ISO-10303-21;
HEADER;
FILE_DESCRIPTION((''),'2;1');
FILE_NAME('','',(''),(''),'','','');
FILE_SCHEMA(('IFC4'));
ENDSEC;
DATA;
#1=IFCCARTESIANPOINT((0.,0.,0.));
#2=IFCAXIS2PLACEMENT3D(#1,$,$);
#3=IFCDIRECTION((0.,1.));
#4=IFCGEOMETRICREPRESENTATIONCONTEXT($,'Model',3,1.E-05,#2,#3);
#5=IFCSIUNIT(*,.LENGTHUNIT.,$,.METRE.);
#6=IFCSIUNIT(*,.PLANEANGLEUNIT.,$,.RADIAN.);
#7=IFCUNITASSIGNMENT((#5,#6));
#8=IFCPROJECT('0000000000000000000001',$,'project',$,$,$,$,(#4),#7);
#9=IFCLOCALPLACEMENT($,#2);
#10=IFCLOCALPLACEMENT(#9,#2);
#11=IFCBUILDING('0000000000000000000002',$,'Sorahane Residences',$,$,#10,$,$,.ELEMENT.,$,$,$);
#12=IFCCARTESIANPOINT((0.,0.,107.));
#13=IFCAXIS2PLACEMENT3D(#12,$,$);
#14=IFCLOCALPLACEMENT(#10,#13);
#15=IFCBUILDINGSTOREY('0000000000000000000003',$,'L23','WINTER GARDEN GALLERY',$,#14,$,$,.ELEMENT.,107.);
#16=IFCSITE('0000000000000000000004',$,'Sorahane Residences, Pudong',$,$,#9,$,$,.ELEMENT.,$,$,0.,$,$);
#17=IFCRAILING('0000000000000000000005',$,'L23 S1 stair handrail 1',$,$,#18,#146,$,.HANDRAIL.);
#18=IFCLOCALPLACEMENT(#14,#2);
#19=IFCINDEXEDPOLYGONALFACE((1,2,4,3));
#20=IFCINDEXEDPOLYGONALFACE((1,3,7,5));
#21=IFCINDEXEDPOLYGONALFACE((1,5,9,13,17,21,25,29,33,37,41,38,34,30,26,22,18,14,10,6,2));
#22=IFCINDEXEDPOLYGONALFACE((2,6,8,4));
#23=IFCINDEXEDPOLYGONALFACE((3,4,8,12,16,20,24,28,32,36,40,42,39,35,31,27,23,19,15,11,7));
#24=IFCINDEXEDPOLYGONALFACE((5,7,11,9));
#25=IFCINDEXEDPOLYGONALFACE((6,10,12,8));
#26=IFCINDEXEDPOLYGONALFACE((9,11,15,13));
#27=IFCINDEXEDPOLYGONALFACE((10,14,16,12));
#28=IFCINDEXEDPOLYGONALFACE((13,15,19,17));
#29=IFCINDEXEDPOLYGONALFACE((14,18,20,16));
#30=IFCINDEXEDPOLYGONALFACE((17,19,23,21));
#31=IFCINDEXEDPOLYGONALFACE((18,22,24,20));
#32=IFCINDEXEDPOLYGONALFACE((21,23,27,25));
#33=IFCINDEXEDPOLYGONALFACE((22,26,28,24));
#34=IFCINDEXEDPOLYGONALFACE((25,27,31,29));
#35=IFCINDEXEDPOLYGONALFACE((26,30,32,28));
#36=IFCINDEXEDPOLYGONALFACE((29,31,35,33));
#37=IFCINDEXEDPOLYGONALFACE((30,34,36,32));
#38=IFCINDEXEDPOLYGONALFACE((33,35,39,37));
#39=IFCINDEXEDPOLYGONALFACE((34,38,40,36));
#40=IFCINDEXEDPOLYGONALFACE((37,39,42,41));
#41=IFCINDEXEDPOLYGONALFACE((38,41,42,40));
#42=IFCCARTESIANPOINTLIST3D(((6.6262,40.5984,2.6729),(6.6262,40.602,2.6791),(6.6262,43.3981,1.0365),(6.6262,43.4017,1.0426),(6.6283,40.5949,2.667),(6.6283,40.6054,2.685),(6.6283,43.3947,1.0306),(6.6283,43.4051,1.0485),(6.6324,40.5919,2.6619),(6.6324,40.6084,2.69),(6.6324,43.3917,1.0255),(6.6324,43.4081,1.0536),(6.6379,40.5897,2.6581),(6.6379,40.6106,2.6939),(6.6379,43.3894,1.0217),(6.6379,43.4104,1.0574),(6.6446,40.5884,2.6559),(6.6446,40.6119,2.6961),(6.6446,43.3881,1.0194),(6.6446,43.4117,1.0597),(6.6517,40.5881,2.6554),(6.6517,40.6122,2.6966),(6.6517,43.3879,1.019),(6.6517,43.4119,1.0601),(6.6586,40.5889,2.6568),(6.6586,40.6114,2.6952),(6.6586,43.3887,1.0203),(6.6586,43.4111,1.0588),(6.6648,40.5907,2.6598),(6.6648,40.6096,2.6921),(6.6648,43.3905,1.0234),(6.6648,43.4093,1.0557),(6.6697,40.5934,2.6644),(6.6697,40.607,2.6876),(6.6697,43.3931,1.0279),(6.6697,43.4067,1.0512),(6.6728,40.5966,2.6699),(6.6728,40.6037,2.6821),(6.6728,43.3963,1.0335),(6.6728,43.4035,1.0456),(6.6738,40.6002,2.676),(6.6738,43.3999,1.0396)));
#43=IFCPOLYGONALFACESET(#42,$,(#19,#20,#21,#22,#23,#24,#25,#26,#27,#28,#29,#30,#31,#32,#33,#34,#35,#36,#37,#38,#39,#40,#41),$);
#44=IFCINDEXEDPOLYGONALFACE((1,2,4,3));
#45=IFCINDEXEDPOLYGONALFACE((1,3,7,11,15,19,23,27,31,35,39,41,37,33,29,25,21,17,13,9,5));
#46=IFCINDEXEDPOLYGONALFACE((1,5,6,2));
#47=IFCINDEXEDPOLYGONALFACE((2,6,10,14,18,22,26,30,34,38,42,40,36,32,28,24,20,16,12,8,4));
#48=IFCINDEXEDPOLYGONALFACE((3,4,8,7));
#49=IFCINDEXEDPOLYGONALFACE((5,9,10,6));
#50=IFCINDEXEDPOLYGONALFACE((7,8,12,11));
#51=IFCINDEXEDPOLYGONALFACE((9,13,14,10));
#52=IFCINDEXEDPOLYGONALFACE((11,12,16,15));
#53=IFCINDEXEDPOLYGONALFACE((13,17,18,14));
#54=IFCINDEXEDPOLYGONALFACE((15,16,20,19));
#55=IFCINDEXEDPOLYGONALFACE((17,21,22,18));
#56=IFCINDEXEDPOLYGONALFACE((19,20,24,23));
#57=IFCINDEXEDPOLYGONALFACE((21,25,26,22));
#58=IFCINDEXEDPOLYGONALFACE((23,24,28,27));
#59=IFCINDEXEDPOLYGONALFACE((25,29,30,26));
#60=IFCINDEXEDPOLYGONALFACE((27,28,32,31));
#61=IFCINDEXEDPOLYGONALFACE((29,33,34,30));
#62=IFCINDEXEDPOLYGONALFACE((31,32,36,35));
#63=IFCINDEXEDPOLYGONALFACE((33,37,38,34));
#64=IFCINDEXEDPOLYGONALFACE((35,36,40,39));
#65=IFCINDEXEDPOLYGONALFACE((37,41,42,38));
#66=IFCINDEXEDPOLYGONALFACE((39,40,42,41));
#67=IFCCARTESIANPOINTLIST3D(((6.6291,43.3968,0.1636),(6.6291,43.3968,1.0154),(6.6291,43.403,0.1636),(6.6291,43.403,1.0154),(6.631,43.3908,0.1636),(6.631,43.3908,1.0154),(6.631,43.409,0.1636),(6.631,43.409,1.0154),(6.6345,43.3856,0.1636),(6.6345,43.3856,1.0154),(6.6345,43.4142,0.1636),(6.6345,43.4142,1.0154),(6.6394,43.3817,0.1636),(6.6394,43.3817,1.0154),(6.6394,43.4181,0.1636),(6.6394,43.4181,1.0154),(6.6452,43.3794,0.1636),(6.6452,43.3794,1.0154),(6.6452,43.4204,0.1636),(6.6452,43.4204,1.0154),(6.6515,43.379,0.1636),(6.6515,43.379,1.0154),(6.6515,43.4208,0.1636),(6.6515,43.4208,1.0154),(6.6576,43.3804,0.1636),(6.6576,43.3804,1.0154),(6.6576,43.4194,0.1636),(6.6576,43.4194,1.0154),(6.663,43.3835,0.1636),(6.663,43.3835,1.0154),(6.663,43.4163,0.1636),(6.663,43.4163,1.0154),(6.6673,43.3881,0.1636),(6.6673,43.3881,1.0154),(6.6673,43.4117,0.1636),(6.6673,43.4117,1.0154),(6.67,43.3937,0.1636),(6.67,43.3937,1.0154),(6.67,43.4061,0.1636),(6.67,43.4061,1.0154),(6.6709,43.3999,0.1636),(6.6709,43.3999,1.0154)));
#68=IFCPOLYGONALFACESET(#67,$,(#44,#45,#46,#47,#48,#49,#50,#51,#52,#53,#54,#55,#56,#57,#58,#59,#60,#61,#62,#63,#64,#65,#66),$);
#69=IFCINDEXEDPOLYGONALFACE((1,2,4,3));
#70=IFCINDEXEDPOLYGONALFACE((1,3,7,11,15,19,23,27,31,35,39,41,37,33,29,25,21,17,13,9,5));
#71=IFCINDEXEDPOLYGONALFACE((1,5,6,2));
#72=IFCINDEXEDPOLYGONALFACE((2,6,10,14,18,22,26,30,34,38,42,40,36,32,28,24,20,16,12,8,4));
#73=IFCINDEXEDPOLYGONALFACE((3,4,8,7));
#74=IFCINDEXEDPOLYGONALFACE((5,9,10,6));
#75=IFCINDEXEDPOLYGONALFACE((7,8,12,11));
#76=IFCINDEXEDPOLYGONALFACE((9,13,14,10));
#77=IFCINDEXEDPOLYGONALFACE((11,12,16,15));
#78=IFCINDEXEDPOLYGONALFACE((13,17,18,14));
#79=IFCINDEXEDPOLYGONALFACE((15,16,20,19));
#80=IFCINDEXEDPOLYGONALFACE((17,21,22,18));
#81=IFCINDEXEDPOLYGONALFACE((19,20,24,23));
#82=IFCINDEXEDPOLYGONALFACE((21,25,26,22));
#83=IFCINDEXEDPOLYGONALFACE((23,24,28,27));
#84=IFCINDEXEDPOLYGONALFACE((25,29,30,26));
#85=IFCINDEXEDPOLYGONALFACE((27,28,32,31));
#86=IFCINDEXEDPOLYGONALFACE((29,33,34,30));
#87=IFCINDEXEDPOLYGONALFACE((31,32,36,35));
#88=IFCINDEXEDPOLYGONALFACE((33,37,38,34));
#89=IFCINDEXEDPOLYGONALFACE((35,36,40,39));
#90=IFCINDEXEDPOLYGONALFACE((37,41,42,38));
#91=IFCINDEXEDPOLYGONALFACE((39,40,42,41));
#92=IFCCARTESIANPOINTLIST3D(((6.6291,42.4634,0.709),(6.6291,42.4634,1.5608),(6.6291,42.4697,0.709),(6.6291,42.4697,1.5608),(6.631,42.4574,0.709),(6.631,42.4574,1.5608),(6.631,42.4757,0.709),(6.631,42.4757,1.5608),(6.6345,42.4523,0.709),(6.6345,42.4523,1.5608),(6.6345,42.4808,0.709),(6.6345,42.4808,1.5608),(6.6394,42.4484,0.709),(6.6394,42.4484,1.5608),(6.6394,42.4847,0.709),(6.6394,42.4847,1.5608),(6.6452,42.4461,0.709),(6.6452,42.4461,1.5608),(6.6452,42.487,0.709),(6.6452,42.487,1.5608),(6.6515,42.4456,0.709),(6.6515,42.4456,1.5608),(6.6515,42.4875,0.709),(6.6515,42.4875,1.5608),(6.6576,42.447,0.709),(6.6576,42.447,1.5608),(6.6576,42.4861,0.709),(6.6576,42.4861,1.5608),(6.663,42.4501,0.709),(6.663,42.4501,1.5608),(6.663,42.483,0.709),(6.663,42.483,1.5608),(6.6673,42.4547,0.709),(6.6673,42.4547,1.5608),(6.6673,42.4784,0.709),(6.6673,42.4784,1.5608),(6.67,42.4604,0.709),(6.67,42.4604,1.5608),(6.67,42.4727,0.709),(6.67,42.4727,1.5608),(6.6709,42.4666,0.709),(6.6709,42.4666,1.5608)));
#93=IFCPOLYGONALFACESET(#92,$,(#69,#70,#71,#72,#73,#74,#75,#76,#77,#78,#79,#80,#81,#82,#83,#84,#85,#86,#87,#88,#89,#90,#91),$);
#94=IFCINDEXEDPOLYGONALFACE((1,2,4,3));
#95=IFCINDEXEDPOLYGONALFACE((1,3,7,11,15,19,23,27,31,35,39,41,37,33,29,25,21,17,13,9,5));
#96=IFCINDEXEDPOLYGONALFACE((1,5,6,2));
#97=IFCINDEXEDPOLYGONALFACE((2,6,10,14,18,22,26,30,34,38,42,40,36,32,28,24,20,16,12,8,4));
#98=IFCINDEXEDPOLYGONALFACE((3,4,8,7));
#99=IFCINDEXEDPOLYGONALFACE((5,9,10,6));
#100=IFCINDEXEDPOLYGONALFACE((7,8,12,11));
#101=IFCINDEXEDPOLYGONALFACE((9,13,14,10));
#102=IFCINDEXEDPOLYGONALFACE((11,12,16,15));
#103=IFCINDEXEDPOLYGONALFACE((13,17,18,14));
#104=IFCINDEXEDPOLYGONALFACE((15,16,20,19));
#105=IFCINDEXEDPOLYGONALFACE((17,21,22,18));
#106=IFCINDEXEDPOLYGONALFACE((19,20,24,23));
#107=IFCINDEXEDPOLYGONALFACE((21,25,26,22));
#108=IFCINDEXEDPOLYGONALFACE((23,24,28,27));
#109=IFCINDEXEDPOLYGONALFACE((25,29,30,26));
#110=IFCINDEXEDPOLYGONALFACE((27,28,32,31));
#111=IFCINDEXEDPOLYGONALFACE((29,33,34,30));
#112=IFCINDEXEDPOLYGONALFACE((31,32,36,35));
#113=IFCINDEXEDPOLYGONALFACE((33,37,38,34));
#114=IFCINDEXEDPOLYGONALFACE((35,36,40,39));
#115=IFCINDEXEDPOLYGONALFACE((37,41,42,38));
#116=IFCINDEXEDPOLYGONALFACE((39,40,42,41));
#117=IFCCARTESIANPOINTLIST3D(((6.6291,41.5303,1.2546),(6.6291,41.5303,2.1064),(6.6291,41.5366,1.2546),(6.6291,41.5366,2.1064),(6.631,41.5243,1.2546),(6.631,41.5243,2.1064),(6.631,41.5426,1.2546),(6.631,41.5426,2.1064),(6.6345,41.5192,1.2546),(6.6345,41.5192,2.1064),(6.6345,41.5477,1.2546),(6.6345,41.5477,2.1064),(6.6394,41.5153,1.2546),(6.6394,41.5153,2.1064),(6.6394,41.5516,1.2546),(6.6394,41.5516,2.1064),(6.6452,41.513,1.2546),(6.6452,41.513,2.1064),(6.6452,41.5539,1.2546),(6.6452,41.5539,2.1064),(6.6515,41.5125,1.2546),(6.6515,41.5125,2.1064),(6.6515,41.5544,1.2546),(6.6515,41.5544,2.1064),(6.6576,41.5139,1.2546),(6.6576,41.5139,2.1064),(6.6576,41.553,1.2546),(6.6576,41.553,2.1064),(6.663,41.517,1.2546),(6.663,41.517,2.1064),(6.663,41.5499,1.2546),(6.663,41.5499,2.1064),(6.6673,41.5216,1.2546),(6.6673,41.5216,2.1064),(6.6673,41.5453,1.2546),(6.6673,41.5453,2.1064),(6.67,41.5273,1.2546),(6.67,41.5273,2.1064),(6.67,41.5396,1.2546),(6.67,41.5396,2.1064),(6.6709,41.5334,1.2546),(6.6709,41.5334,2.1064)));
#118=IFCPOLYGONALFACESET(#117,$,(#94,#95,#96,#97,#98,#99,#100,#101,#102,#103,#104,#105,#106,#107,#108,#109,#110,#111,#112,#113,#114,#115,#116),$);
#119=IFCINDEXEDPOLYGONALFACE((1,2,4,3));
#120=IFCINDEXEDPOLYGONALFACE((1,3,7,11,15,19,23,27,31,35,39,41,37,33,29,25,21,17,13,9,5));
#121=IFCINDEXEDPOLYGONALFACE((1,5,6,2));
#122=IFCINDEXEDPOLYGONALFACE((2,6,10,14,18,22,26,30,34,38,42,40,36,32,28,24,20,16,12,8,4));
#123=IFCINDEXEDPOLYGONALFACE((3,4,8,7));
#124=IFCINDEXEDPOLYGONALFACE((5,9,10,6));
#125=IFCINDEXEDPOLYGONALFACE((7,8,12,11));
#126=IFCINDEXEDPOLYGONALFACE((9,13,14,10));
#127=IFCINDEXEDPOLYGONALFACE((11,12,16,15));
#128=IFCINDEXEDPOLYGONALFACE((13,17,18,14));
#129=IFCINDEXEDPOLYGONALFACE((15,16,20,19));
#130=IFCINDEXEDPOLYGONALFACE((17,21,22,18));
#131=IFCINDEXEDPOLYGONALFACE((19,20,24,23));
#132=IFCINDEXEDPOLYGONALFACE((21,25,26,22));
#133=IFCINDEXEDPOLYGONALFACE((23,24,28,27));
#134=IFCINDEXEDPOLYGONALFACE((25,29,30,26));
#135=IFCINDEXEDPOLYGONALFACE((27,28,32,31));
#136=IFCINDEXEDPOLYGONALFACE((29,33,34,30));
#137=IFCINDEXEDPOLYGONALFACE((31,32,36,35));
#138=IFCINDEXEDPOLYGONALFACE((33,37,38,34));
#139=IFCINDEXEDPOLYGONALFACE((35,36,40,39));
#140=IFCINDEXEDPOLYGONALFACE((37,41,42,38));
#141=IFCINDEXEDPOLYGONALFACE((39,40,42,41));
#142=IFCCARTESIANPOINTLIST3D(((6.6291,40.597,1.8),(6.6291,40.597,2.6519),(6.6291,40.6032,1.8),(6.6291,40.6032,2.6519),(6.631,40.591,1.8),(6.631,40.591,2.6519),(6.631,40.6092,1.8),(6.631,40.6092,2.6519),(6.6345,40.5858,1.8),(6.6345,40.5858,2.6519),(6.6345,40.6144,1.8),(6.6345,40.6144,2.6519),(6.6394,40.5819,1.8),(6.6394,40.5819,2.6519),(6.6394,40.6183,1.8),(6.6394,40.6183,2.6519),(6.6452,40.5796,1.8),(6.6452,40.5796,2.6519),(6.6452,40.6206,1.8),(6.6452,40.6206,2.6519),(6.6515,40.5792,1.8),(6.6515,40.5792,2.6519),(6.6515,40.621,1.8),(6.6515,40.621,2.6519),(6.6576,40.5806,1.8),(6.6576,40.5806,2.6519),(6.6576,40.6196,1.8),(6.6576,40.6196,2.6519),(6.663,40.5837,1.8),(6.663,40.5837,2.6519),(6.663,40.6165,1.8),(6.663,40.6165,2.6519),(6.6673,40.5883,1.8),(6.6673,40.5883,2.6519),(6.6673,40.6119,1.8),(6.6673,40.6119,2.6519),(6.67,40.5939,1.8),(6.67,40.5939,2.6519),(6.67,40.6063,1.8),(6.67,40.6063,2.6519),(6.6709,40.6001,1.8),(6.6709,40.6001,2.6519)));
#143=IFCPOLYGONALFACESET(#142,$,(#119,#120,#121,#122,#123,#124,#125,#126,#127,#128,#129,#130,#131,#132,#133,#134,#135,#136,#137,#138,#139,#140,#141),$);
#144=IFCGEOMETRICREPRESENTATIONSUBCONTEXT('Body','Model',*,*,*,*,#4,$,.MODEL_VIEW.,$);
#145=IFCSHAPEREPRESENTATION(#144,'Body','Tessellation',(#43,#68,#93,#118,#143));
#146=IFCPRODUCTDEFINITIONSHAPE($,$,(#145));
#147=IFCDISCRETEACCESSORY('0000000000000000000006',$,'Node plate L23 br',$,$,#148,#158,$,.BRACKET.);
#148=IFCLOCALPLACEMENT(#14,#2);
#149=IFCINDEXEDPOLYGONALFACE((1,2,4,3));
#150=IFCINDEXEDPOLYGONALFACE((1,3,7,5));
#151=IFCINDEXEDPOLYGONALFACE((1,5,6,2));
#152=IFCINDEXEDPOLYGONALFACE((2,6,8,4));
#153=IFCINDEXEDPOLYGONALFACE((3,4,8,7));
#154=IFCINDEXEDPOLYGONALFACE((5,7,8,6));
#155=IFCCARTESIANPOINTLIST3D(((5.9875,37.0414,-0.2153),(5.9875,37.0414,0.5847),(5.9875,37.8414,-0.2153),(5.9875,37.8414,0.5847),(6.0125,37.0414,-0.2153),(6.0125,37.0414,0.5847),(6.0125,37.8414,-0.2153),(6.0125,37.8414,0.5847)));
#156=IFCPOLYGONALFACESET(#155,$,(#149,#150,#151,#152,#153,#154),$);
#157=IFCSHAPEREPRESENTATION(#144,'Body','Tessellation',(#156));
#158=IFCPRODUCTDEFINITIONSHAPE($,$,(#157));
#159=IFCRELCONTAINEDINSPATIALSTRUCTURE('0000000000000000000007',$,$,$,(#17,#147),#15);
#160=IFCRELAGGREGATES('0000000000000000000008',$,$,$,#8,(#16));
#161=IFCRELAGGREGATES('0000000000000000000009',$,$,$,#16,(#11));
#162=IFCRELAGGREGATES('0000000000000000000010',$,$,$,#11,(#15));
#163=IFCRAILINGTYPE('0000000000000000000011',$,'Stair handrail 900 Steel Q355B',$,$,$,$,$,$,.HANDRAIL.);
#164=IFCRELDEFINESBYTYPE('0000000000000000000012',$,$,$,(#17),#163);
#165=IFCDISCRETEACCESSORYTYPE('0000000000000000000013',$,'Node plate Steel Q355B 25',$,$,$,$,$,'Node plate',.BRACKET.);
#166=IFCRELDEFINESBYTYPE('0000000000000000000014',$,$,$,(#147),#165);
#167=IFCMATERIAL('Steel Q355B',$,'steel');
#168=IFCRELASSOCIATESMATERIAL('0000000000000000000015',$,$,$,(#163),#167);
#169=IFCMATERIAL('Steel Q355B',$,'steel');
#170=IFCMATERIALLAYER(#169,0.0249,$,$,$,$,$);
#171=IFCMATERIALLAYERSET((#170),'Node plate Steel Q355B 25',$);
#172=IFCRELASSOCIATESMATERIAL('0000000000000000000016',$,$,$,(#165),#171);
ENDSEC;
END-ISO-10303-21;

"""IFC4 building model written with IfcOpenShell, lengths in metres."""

from ifc_helpers import new_model, si_unit, direction, frame, origin, origin_2d, place, context, subcontext, project, spatial, rectangle, circle, extrude, material, layer, layer_set, type_object, element, save


model = new_model("IFC4")

# Units and contexts
model_context = context("Model", 3, precision=1e-05, world=origin(), true_north=direction((0.0, 1.0)))
body_context = subcontext(model_context, "Body", "Model", "MODEL_VIEW")
ifc_project = project(units=[si_unit("LENGTHUNIT", "METRE"), si_unit("PLANEANGLEUNIT", "RADIAN")], contexts=[model_context])

# Site, building, storey
site_placement = place(None, origin())
site = spatial("IfcSite", under=ifc_project, at=site_placement, Name="Sorahane Residences, Pudong", CompositionType="ELEMENT", RefElevation=0.0)
building_placement = place(site_placement, origin())
building = spatial("IfcBuilding", under=site, at=building_placement, Name="Sorahane Residences", CompositionType="ELEMENT")
storey_placement = place(building_placement, frame((0.0, 0.0, 107.0)))
storey = spatial("IfcBuildingStorey", under=building, at=storey_placement, Name="L23", Description="WINTER GARDEN GALLERY", CompositionType="ELEMENT", Elevation=107.0)

# Railing
ifc_material_1 = material(Name="Steel Q355B", Category="steel")
railing_type = type_object("IfcRailingType", Name="Stair handrail 900 Steel Q355B", PredefinedType="HANDRAIL", material=ifc_material_1)
railing_placement = place(storey_placement, frame((6.6499, 43.3999, 0.1636)))
element("IfcRailing", 1, at=railing_placement, inside=storey, type_object=railing_type, Name="L23 S1 stair handrail 1", PredefinedType="HANDRAIL", context=body_context, shape_type="SweptSolid", body=[
    extrude(circle(Radius=0.0239, at=origin_2d()), frame((0.0, 0.0, 0.876), z_axis=(0.0, -0.863342, 0.50462), x_axis=(1.0, 0.0, 0.0)), (0.0, 0.0, 1.0), 3.2429),
    extrude(circle(Radius=0.021, at=origin_2d()), origin(), (0.0, 0.0, 1.0), 0.8518),
    extrude(circle(Radius=0.021, at=origin_2d()), frame((0.0, -0.9333, 0.5454)), (0.0, 0.0, 1.0), 0.8518),
    extrude(circle(Radius=0.021, at=origin_2d()), frame((0.0, -1.8665, 1.0911)), (0.0, 0.0, 1.0), 0.8518),
    extrude(circle(Radius=0.021, at=origin_2d()), frame((0.0, -2.7998, 1.6365)), (0.0, 0.0, 1.0), 0.8518),
])

# Discrete accessory
ifc_material_2 = material(Name="Steel Q355B", Category="steel")
ifc_layer_1 = layer(ifc_material_2, 0.0249)
ifc_layer_set_1 = layer_set([ifc_layer_1], Name="Node plate Steel Q355B 25")
discrete_accessory_type = type_object("IfcDiscreteAccessoryType", Name="Node plate Steel Q355B 25", ElementType="Node plate", PredefinedType="BRACKET", material=ifc_layer_set_1)
discrete_accessory_placement = place(storey_placement, frame((6.0, 37.4414, -0.2153), z_axis=(0.0, 0.0, 1.0), x_axis=(0.0, 1.0, 0.0)))
element("IfcDiscreteAccessory", 2, at=discrete_accessory_placement, inside=storey, type_object=discrete_accessory_type, Name="Node plate L23 br", PredefinedType="BRACKET", context=body_context, shape_type="SweptSolid", body=[
    extrude(rectangle(XDim=0.8, YDim=0.0249, at=origin_2d()), origin(), (0.0, 0.0, 1.0), 0.8),
])

save(model, "model.ifc")
